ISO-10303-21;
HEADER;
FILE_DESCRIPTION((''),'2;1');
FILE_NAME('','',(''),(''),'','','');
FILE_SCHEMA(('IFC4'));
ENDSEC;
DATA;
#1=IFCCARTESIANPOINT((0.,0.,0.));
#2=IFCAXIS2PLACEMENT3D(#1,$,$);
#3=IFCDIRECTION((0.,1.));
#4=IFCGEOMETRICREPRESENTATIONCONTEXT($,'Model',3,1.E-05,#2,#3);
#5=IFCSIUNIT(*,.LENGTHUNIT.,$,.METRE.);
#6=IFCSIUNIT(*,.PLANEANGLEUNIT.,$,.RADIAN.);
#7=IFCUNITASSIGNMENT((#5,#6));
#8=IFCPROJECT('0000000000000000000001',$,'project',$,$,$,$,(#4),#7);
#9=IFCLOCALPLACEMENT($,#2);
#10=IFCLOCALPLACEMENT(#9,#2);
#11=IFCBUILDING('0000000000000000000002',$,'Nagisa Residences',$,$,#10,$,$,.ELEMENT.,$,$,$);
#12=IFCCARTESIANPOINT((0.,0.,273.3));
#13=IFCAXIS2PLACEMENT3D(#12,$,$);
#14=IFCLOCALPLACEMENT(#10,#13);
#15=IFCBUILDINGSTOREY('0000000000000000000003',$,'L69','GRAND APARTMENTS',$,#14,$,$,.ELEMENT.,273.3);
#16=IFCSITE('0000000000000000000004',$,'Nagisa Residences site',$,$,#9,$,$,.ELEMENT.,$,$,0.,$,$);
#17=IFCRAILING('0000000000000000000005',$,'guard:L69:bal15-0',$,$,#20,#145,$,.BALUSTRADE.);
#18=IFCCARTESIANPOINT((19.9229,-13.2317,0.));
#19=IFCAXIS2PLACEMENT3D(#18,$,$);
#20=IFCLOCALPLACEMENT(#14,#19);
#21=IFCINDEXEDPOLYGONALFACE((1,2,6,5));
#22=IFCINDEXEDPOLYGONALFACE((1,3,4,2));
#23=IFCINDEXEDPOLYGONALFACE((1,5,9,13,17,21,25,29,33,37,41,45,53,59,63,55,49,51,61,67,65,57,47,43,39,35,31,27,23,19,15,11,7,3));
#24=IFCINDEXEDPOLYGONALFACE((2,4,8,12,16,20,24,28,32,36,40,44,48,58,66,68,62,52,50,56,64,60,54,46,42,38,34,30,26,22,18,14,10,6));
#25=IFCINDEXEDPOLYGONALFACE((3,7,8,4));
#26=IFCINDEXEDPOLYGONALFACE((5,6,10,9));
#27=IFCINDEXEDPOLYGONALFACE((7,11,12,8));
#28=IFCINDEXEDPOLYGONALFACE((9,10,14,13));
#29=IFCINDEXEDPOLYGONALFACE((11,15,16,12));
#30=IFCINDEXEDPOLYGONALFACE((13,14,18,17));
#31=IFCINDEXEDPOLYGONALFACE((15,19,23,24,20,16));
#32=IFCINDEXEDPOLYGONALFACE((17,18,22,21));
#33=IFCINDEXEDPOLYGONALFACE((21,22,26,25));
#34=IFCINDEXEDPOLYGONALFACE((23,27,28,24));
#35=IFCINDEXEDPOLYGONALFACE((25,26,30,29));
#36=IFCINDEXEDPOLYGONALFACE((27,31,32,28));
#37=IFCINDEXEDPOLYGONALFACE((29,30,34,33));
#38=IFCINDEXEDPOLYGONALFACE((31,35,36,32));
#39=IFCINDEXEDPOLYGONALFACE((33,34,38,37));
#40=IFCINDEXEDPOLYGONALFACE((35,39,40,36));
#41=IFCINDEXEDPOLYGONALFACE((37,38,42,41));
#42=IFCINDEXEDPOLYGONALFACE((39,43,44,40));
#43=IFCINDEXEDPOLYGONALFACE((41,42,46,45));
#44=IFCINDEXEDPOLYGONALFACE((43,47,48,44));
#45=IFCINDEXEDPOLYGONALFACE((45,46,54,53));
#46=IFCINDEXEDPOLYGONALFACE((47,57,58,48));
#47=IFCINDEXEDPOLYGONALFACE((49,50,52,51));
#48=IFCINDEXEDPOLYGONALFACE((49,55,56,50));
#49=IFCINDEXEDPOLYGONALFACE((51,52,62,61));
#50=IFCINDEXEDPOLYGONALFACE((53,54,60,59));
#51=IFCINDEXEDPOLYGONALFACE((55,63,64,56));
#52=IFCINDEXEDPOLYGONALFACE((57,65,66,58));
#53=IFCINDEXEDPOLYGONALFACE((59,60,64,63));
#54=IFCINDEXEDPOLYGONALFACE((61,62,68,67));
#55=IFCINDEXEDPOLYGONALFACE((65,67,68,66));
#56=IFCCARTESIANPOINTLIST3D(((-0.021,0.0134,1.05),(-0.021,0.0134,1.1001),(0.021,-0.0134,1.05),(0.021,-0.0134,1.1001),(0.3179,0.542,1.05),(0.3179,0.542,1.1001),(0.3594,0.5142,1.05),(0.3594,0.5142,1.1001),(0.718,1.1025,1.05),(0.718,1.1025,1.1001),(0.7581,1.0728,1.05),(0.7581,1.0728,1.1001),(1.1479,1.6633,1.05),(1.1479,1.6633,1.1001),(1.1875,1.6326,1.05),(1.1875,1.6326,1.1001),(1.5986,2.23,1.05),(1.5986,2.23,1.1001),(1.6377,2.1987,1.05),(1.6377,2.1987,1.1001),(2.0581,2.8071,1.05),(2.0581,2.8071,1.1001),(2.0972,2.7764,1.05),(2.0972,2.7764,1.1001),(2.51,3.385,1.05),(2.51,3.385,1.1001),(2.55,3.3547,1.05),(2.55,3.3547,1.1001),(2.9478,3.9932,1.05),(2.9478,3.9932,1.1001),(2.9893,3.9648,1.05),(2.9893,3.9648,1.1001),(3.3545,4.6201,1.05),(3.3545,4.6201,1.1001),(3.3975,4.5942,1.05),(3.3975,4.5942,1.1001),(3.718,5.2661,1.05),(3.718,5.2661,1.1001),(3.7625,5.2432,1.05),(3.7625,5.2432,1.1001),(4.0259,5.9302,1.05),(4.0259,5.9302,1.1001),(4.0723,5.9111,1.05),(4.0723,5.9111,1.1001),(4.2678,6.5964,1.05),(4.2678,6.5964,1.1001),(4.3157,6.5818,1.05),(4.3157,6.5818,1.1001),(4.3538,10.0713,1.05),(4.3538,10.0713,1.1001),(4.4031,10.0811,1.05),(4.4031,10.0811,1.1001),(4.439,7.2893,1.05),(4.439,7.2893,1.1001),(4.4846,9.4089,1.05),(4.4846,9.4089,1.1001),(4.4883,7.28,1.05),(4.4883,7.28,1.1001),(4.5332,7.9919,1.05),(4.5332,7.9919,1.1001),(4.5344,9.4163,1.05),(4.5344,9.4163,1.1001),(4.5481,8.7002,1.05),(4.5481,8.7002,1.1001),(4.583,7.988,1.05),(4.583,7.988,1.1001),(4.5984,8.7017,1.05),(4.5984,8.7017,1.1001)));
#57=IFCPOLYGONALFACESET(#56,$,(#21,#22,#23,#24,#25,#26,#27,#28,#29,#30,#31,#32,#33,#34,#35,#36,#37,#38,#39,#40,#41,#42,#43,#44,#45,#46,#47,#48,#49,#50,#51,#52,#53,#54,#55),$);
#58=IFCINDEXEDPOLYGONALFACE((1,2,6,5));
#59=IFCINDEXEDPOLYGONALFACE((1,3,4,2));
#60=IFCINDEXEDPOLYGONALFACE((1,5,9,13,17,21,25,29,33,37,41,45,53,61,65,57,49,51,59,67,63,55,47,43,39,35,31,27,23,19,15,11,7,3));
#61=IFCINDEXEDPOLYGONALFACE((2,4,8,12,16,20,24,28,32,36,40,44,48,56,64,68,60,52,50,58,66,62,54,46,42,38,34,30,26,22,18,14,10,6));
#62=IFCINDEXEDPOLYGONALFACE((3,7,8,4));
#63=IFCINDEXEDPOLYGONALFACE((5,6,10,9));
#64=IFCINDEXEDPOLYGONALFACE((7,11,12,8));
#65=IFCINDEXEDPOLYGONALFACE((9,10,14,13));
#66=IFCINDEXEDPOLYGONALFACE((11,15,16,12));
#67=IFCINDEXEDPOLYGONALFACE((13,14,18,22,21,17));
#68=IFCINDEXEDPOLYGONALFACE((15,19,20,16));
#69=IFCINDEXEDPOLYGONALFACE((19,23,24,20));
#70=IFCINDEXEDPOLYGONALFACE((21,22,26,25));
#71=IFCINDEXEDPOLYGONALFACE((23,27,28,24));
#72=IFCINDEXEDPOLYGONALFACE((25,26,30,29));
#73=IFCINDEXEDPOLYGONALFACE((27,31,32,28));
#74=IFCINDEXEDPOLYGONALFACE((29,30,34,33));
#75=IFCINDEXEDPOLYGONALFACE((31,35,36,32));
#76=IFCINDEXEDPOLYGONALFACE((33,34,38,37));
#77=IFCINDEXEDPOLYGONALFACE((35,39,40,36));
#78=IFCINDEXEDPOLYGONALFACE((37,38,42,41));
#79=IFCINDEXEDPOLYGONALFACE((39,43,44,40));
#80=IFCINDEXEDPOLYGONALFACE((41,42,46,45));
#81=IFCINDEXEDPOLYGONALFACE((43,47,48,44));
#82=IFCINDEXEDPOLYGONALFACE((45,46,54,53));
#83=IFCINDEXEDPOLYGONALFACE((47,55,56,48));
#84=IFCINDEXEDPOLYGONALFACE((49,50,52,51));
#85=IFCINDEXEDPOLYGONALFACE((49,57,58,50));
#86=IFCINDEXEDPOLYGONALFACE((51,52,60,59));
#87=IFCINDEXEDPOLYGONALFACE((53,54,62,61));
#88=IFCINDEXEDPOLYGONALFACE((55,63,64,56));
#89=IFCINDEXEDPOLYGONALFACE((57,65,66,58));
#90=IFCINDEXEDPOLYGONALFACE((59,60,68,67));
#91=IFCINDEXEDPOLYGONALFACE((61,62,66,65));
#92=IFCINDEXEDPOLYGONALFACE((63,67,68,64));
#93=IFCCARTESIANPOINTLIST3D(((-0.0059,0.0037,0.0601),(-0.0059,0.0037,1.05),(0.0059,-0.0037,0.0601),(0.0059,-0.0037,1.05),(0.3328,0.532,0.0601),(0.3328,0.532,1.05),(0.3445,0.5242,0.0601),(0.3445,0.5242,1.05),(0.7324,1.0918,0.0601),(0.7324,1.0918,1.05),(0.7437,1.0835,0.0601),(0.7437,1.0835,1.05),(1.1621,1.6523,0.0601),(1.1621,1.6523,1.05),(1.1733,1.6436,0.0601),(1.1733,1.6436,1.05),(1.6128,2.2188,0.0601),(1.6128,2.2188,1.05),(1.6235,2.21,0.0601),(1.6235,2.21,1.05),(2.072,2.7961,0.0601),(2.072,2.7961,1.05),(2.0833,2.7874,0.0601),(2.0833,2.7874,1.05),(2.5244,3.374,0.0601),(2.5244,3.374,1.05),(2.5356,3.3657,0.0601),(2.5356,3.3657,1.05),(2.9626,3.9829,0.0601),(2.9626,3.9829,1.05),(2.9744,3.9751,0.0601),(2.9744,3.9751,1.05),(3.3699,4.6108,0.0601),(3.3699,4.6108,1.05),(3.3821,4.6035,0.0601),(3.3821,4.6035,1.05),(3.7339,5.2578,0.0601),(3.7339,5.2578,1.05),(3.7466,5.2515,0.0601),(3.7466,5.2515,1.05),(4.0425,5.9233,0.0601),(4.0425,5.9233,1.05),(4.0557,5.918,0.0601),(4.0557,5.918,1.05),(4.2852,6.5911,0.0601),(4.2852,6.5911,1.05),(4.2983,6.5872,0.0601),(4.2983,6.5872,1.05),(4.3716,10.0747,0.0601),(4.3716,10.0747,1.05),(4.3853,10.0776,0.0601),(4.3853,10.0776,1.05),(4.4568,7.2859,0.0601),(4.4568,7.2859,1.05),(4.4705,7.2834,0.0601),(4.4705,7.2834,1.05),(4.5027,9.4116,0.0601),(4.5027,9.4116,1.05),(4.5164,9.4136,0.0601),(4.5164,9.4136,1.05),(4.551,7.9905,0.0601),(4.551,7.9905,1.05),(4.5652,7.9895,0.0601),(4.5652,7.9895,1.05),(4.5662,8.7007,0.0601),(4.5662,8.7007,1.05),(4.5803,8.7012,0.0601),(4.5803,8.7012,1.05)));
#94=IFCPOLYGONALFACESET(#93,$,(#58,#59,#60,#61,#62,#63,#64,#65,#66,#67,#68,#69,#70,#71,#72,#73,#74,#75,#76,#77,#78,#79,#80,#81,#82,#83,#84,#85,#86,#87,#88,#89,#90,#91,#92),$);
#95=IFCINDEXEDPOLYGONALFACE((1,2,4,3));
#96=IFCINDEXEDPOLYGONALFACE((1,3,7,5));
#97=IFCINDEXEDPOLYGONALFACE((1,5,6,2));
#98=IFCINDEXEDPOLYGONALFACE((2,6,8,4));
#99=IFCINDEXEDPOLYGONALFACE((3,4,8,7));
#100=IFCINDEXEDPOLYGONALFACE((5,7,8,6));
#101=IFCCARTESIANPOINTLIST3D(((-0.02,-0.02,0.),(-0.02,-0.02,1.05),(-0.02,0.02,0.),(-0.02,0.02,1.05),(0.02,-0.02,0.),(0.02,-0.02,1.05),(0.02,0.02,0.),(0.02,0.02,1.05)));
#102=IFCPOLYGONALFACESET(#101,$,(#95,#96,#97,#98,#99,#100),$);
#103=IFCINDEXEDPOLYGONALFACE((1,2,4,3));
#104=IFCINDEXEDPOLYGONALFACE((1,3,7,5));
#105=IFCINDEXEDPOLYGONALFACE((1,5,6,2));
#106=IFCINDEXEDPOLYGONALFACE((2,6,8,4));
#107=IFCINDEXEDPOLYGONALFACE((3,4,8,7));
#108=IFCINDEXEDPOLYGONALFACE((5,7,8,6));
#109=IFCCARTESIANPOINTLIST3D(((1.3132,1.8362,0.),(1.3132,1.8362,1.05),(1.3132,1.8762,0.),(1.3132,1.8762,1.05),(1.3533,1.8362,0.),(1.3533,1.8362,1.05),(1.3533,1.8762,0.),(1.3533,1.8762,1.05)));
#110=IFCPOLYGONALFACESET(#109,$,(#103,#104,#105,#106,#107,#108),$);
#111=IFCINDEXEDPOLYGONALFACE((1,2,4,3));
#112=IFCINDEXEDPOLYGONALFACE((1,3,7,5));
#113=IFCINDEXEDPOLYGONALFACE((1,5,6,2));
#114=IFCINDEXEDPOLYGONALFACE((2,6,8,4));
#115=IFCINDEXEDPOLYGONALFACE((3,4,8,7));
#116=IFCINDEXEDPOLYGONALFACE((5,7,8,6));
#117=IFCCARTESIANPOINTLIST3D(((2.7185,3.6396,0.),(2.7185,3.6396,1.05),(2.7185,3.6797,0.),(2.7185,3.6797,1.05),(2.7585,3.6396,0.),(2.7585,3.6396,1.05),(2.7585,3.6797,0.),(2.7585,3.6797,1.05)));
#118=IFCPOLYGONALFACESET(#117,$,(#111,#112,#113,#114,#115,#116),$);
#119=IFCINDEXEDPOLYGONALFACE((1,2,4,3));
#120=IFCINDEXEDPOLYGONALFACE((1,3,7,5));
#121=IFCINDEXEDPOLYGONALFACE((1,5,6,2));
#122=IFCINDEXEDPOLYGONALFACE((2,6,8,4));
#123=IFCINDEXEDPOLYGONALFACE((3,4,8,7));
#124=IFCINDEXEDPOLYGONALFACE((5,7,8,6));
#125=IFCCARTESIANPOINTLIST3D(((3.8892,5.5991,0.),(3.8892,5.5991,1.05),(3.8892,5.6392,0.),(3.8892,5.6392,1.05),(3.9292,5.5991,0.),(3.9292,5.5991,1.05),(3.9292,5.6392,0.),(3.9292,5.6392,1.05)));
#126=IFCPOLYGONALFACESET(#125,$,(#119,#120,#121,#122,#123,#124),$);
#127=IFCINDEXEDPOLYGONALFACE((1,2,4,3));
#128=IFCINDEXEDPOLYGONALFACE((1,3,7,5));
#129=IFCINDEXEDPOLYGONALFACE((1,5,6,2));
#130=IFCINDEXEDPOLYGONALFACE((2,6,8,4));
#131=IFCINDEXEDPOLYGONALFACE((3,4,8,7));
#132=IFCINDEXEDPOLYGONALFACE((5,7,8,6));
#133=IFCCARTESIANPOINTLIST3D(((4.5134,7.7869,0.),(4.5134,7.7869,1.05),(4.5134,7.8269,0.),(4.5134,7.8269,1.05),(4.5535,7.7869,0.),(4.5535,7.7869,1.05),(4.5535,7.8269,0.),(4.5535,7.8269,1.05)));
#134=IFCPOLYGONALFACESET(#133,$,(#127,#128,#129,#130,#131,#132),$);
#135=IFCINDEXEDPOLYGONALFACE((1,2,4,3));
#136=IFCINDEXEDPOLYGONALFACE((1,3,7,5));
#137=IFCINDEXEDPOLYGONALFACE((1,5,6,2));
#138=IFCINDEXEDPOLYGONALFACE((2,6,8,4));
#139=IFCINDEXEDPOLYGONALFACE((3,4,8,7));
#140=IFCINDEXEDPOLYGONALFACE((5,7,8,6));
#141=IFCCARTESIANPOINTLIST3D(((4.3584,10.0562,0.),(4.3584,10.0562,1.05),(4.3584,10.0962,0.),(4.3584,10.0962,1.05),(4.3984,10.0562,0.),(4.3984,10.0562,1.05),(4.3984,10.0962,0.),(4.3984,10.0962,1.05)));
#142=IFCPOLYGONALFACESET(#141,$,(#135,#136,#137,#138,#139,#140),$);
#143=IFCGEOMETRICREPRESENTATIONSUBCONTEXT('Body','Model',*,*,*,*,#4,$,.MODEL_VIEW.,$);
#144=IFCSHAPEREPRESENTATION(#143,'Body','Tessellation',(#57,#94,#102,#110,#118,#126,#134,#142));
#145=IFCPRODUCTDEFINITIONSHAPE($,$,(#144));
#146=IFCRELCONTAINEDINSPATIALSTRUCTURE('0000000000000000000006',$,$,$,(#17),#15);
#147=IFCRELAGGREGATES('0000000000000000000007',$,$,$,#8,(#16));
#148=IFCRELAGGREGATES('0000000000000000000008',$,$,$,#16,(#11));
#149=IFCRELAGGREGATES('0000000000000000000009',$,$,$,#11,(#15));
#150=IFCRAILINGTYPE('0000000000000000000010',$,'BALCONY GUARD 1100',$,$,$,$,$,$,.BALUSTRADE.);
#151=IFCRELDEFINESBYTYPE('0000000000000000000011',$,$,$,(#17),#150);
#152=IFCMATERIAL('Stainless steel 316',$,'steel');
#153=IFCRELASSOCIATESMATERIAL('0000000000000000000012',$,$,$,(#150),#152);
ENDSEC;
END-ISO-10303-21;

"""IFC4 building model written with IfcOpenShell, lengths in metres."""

from ifc_helpers import new_model, si_unit, direction, frame, origin, origin_2d, place, context, subcontext, project, spatial, polyline, rectangle, outline, extrude, material, type_object, element, save


model = new_model("IFC4")

# Units and contexts
model_context = context("Model", 3, precision=1e-05, world=origin(), true_north=direction((0.0, 1.0)))
body_context = subcontext(model_context, "Body", "Model", "MODEL_VIEW")
ifc_project = project(units=[si_unit("LENGTHUNIT", "METRE"), si_unit("PLANEANGLEUNIT", "RADIAN")], contexts=[model_context])

# Site, building, storey
site_placement = place(None, origin())
site = spatial("IfcSite", under=ifc_project, at=site_placement, Name="Nagisa Residences site", CompositionType="ELEMENT", RefElevation=0.0)
building_placement = place(site_placement, origin())
building = spatial("IfcBuilding", under=site, at=building_placement, Name="Nagisa Residences", CompositionType="ELEMENT")
storey_placement = place(building_placement, frame((0.0, 0.0, 273.3)))
storey = spatial("IfcBuildingStorey", under=building, at=storey_placement, Name="L69", Description="GRAND APARTMENTS", CompositionType="ELEMENT", Elevation=273.3)

# Railing
ifc_material_1 = material(Name="Stainless steel 316", Category="steel")
railing_type = type_object("IfcRailingType", Name="BALCONY GUARD 1100", PredefinedType="BALUSTRADE", material=ifc_material_1)
railing_1_placement = place(storey_placement, frame((19.9229, -13.2317, 0.0)))
element("IfcRailing", 1, at=railing_1_placement, inside=storey, type_object=railing_type, Name="guard:L69:bal15-0", PredefinedType="BALUSTRADE", context=body_context, shape_type="SweptSolid", body=[
    extrude(outline(polyline([(0.3179, 0.542), (-0.021, 0.0134), (0.021, -0.0134), (0.3594, 0.5142), (0.7581, 1.0728), (1.1875, 1.6326), (1.6377, 2.1987), (2.0972, 2.7764), (2.55, 3.3547), (2.9893, 3.9648), (3.3975, 4.5942), (3.7625, 5.2432), (4.0723, 5.9111), (4.3157, 6.5818), (4.4883, 7.28), (4.583, 7.988), (4.5984, 8.7017), (4.5344, 9.4163), (4.4031, 10.0811), (4.3538, 10.0713), (4.4846, 9.4089), (4.5481, 8.7002), (4.5332, 7.9919), (4.439, 7.2893), (4.2678, 6.5964), (4.0259, 5.9302), (3.718, 5.2661), (3.3545, 4.6201), (2.9478, 3.9932), (2.51, 3.385), (2.0581, 2.8071), (1.5986, 2.23), (1.1479, 1.6633), (0.718, 1.1025), (0.3179, 0.542)])), frame((0.0, 0.0, 1.05)), (0.0, 0.0, 1.0), 0.05),
    extrude(outline(polyline([(0.3328, 0.532), (-0.0059, 0.0037), (0.0059, -0.0037), (0.3445, 0.5242), (0.7437, 1.0835), (1.1733, 1.6436), (1.6235, 2.21), (2.0833, 2.7874), (2.5356, 3.3657), (2.9744, 3.9751), (3.3821, 4.6035), (3.7466, 5.2515), (4.0557, 5.918), (4.2983, 6.5872), (4.4705, 7.2834), (4.5652, 7.9895), (4.5803, 8.7012), (4.5164, 9.4136), (4.3853, 10.0776), (4.3716, 10.0747), (4.5027, 9.4116), (4.5662, 8.7007), (4.551, 7.9905), (4.4568, 7.2859), (4.2852, 6.5911), (4.0425, 5.9233), (3.7339, 5.2578), (3.3699, 4.6108), (2.9626, 3.9829), (2.5244, 3.374), (2.072, 2.7961), (1.6128, 2.2188), (1.1621, 1.6523), (0.7324, 1.0918), (0.3328, 0.532)])), frame((0.0, 0.0, 0.0601)), (0.0, 0.0, 1.0), 0.99),
    extrude(rectangle(XDim=0.04, YDim=0.04, at=origin_2d()), origin(), (0.0, 0.0, 1.0), 1.05),
    extrude(rectangle(XDim=0.04, YDim=0.04, at=origin_2d()), frame((1.3333, 1.8562, 0.0)), (0.0, 0.0, 1.0), 1.05),
    extrude(rectangle(XDim=0.04, YDim=0.04, at=origin_2d()), frame((2.7385, 3.6597, 0.0)), (0.0, 0.0, 1.0), 1.05),
    extrude(rectangle(XDim=0.04, YDim=0.04, at=origin_2d()), frame((3.9092, 5.6191, 0.0)), (0.0, 0.0, 1.0), 1.05),
    extrude(rectangle(XDim=0.04, YDim=0.04, at=origin_2d()), frame((4.5334, 7.8069, 0.0)), (0.0, 0.0, 1.0), 1.05),
    extrude(rectangle(XDim=0.04, YDim=0.04, at=origin_2d()), frame((4.3784, 10.0762, 0.0)), (0.0, 0.0, 1.0), 1.05),
])

save(model, "model.ifc")
